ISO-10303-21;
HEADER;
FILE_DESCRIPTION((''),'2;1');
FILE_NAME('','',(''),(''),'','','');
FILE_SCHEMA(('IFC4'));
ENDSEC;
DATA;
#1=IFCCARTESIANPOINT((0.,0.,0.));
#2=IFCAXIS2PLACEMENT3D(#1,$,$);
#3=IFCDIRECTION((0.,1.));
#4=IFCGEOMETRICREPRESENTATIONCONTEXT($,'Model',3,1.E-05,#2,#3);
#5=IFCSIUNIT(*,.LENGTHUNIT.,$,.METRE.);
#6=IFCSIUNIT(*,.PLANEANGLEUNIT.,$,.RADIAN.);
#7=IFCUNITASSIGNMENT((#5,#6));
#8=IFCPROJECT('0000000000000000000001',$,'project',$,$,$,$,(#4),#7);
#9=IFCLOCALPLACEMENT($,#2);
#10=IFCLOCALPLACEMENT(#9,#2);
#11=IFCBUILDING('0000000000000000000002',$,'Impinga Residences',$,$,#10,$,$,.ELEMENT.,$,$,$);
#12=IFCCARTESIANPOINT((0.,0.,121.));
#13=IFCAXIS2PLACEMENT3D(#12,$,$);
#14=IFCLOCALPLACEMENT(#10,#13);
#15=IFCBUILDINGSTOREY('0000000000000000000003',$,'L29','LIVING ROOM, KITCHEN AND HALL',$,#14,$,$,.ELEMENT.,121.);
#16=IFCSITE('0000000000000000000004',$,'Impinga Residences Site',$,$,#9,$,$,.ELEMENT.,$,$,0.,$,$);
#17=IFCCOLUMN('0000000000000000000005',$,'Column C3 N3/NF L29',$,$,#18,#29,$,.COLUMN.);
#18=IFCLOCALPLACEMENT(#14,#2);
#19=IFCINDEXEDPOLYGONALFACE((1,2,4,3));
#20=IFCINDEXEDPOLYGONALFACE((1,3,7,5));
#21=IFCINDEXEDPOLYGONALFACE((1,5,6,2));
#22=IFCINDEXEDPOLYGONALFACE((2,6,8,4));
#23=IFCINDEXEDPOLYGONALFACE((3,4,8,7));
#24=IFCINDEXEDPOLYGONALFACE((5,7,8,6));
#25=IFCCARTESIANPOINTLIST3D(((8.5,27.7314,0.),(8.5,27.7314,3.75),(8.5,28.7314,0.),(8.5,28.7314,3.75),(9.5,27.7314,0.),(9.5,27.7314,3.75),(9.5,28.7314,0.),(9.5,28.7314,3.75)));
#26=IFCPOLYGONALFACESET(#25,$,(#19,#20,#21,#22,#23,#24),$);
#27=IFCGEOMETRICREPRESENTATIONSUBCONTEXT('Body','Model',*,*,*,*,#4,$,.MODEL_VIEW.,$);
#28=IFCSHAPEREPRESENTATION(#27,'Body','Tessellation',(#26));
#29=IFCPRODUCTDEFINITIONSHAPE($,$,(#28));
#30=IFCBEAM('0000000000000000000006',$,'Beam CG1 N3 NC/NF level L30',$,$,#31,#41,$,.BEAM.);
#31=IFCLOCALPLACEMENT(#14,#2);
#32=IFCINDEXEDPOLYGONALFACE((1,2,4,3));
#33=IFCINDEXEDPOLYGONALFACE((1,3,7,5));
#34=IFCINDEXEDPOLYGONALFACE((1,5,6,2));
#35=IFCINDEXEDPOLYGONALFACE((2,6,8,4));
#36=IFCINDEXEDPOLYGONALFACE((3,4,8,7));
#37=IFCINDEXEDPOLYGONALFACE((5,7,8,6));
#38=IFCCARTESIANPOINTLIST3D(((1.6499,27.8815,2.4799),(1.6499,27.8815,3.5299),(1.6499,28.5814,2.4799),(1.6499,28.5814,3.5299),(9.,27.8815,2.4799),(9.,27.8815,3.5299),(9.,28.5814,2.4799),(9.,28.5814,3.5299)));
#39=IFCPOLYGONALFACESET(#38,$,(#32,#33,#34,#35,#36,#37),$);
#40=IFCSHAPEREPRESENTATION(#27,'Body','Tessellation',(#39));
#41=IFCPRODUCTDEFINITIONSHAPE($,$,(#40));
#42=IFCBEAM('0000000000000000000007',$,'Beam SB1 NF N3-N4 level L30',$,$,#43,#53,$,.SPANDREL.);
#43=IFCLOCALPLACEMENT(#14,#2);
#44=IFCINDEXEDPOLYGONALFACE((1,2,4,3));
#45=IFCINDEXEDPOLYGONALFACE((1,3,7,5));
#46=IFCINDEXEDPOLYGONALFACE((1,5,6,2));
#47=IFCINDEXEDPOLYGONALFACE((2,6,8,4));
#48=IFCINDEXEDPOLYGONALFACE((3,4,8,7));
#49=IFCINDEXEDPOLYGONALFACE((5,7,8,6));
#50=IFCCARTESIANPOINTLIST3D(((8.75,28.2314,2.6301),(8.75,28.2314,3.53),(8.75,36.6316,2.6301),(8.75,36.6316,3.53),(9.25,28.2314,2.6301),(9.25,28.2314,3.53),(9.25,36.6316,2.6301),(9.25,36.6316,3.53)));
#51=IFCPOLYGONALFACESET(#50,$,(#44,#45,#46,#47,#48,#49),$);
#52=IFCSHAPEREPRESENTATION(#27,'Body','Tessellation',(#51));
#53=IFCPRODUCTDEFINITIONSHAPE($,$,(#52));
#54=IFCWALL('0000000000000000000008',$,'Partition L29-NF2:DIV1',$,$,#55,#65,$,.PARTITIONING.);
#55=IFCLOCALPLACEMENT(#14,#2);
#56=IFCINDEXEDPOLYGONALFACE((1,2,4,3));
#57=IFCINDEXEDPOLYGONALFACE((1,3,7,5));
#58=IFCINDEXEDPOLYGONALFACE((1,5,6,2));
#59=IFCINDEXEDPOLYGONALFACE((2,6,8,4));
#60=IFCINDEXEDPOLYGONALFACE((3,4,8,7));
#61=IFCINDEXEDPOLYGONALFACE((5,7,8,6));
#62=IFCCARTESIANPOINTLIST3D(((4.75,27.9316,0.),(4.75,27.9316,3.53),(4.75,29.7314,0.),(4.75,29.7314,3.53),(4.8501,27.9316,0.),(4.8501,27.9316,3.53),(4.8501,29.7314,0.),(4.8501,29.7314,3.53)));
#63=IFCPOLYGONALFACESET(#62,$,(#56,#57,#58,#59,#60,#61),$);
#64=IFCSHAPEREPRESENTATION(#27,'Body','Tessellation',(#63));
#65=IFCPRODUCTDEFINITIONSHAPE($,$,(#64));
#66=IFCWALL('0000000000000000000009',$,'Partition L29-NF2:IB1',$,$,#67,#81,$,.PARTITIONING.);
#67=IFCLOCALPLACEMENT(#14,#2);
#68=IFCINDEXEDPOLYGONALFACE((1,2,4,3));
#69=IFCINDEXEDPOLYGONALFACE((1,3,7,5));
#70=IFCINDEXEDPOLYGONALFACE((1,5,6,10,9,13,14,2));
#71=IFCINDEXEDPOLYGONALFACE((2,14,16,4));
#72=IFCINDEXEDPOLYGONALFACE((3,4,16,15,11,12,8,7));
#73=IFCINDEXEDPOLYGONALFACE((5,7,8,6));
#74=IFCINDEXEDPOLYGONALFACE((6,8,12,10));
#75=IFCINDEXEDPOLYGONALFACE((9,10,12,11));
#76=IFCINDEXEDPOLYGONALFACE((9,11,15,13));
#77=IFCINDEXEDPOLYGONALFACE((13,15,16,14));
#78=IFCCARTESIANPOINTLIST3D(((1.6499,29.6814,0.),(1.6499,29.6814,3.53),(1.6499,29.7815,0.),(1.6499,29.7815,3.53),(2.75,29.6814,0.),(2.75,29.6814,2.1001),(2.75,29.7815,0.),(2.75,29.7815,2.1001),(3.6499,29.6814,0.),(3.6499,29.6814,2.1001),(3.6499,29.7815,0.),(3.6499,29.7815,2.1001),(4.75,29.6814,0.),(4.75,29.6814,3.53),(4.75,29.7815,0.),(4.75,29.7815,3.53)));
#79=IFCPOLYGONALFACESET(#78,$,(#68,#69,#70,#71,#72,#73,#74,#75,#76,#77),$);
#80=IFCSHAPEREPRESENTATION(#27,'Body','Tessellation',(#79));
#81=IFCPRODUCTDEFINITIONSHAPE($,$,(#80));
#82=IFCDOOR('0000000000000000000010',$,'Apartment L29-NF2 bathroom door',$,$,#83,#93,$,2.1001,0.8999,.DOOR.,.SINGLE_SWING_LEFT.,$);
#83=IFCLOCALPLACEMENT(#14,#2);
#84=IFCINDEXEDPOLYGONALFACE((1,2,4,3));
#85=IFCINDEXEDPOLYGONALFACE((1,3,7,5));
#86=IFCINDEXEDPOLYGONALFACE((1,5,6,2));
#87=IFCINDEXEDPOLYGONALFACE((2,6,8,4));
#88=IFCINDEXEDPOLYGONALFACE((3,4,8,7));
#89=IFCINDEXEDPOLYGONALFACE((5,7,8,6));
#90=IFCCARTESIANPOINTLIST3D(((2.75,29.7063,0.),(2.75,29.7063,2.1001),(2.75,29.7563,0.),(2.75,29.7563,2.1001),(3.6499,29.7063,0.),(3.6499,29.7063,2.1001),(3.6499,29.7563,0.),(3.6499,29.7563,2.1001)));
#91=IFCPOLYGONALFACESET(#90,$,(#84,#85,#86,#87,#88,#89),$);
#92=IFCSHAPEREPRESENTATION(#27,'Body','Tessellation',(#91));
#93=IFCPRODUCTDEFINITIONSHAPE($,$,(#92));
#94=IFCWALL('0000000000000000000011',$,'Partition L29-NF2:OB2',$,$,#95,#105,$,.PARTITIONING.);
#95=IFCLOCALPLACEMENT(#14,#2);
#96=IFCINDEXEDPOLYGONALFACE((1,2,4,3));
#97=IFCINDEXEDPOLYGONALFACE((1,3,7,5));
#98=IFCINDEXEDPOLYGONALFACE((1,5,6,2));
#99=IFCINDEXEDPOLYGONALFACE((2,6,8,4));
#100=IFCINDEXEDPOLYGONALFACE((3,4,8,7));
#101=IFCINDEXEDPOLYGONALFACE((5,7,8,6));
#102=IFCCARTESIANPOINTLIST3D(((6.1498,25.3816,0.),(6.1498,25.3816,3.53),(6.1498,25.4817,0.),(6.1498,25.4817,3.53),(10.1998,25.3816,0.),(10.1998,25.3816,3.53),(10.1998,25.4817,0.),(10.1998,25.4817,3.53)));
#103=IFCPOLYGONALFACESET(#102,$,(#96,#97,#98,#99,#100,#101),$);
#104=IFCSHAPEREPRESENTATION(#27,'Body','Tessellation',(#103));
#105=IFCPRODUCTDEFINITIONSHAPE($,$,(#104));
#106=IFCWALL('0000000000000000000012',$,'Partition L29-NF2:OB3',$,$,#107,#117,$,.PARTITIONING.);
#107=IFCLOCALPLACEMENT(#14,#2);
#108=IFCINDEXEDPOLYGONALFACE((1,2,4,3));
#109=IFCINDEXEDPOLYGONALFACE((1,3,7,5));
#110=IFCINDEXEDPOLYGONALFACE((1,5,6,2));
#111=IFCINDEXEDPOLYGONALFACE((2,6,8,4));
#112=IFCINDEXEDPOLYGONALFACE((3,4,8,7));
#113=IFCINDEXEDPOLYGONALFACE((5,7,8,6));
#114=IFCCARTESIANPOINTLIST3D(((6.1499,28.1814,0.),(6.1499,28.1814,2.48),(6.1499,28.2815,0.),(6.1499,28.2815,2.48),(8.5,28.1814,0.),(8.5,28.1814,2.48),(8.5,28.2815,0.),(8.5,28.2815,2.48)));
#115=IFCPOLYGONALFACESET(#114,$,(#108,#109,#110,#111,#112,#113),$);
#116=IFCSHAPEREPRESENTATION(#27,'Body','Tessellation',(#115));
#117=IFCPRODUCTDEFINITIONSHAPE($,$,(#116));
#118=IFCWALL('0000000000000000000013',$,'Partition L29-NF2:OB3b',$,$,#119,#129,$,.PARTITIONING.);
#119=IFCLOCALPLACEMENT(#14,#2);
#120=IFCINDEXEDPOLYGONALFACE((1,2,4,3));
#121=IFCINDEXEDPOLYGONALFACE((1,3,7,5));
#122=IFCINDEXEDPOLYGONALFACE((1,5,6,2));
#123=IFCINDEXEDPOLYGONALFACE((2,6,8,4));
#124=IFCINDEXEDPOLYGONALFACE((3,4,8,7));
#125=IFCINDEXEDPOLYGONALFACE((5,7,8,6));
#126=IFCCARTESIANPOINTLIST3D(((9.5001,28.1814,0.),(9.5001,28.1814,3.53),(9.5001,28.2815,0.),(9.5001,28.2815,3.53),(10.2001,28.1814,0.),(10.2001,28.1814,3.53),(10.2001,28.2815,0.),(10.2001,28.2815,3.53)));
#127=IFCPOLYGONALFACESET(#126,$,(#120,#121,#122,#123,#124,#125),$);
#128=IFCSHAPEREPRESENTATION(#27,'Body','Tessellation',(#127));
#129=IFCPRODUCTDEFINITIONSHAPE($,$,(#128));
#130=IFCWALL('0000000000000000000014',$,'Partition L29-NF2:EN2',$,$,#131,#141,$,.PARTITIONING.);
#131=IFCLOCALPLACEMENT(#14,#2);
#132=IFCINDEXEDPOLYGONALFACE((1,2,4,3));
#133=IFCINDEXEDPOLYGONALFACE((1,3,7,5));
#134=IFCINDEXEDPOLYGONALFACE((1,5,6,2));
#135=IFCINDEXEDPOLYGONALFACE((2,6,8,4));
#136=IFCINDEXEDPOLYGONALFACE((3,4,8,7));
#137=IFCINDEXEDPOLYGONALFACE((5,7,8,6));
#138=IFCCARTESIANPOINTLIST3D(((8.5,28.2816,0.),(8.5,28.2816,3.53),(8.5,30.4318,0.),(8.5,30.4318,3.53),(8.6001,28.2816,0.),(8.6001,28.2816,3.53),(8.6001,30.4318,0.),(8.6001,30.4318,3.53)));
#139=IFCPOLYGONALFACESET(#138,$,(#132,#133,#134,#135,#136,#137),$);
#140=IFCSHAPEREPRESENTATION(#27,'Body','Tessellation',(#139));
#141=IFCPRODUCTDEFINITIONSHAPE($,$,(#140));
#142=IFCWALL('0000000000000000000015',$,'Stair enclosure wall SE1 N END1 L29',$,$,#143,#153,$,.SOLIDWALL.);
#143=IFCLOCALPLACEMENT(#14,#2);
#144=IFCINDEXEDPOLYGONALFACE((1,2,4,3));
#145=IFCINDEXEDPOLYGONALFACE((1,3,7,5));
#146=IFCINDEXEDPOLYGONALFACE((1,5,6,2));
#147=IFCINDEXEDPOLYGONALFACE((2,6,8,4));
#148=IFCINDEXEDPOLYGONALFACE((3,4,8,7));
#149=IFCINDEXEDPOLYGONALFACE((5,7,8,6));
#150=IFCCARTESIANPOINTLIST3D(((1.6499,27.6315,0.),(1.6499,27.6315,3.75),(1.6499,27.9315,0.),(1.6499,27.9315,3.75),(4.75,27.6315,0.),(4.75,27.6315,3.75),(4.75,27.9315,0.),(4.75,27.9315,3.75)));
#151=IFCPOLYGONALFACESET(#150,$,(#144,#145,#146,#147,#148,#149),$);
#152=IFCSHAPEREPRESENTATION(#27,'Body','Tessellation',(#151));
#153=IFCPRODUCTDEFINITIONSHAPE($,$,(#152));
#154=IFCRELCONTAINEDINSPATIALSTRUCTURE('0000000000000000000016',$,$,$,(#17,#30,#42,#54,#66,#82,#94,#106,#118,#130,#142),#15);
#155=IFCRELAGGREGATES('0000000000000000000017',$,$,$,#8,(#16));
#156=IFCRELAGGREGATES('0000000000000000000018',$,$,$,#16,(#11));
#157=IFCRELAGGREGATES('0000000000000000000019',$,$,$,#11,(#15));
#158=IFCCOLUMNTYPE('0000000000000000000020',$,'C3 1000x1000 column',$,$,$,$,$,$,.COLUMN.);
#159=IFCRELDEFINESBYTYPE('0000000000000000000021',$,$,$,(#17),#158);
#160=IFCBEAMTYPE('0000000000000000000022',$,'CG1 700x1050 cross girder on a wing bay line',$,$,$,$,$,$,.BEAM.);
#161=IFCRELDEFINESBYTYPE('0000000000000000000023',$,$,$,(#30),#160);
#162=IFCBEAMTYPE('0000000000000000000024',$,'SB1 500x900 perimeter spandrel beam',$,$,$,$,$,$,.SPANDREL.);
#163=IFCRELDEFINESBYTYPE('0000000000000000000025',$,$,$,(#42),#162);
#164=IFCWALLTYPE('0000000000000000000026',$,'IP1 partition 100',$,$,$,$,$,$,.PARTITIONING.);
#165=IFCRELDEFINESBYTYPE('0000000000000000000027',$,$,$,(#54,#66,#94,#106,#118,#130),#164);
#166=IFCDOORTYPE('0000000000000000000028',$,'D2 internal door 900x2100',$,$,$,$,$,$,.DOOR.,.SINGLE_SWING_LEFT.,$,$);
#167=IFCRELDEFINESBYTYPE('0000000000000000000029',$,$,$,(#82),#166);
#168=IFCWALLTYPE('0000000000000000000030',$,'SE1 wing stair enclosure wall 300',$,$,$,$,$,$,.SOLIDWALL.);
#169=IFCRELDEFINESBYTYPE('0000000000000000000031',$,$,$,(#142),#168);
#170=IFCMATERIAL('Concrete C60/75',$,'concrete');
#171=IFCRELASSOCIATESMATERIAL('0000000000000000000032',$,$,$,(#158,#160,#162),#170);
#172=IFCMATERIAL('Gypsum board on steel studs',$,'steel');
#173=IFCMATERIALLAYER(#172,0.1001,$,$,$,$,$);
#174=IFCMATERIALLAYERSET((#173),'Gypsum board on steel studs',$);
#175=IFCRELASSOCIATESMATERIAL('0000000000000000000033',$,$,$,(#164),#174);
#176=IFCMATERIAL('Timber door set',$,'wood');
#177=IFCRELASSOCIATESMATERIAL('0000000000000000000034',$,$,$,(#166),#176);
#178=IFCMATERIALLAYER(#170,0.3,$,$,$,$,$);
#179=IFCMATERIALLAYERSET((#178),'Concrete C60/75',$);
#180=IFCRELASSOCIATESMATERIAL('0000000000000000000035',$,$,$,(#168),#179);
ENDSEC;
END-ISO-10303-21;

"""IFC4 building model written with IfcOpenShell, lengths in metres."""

from ifc_helpers import new_model, si_unit, direction, frame, frame_2d, origin, origin_2d, place, context, subcontext, project, spatial, rectangle, extrude, material, layer, layer_set, material_profile, profile_set, type_object, element, fill, save


model = new_model("IFC4")

# Units and contexts
model_context = context("Model", 3, precision=1e-05, world=origin(), true_north=direction((0.0, 1.0)))
body_context = subcontext(model_context, "Body", "Model", "MODEL_VIEW")
ifc_project = project(units=[si_unit("LENGTHUNIT", "METRE"), si_unit("PLANEANGLEUNIT", "RADIAN")], contexts=[model_context])

# Site, building, storey
site_placement = place(None, origin())
site = spatial("IfcSite", under=ifc_project, at=site_placement, Name="Impinga Residences Site", CompositionType="ELEMENT", RefElevation=0.0)
building_placement = place(site_placement, origin())
building = spatial("IfcBuilding", under=site, at=building_placement, Name="Impinga Residences", CompositionType="ELEMENT")
storey_placement = place(building_placement, frame((0.0, 0.0, 121.0)))
storey = spatial("IfcBuildingStorey", under=building, at=storey_placement, Name="L29", Description="LIVING ROOM, KITCHEN AND HALL", CompositionType="ELEMENT", Elevation=121.0)

# Column
ifc_material_1 = material(Name="Concrete C60/75", Category="concrete")
ifc_material_profile_1 = material_profile(ifc_material_1, rectangle(XDim=1.0, YDim=1.0, at=origin_2d()), Name="RC 1000x1000")
ifc_profile_set_1 = profile_set([ifc_material_profile_1], Name="Concrete C60/75")
column_type = type_object("IfcColumnType", Name="C3 1000x1000 column", PredefinedType="COLUMN", material=ifc_profile_set_1)
column_placement = place(storey_placement, frame((9.0, 28.2314, 0.0), z_axis=(0.0, 0.0, 1.0), x_axis=(1.0, 0.0, 0.0)))
element("IfcColumn", 1, at=column_placement, inside=storey, type_object=column_type, Name="Column C3 N3/NF L29", PredefinedType="COLUMN", context=body_context, shape_type="SweptSolid", body=[
    extrude(rectangle(XDim=1.0, YDim=1.0, at=origin_2d()), origin(), (0.0, 0.0, 1.0), 3.75),
])

# Beams
ifc_material_profile_2 = material_profile(ifc_material_1, rectangle(XDim=0.7, YDim=1.05, at=origin_2d()), Name="RC 700x1050")
ifc_profile_set_2 = profile_set([ifc_material_profile_2], Name="Concrete C60/75")
beam_type_1 = type_object("IfcBeamType", Name="CG1 700x1050 cross girder on a wing bay line", PredefinedType="BEAM", material=ifc_profile_set_2)
beam_1_placement = place(storey_placement, frame((1.6499, 28.2314, 3.0049), z_axis=(1.0, 0.0, 0.0), x_axis=(0.0, 1.0, 0.0)))
element("IfcBeam", 2, at=beam_1_placement, inside=storey, type_object=beam_type_1, Name="Beam CG1 N3 NC/NF level L30", PredefinedType="BEAM", context=body_context, shape_type="SweptSolid", body=[
    extrude(rectangle(XDim=0.7, YDim=1.05, at=origin_2d()), origin(), (0.0, 0.0, 1.0), 7.3501),
])
ifc_material_profile_3 = material_profile(ifc_material_1, rectangle(XDim=0.5, YDim=0.8999, at=origin_2d()), Name="RC 500x900")
ifc_profile_set_3 = profile_set([ifc_material_profile_3], Name="Concrete C60/75")
beam_type_2 = type_object("IfcBeamType", Name="SB1 500x900 perimeter spandrel beam", PredefinedType="SPANDREL", material=ifc_profile_set_3)
beam_2_placement = place(storey_placement, frame((9.0, 28.2314, 3.0801), z_axis=(0.0, 1.0, 0.0), x_axis=(-1.0, 0.0, 0.0)))
element("IfcBeam", 3, at=beam_2_placement, inside=storey, type_object=beam_type_2, Name="Beam SB1 NF N3-N4 level L30", PredefinedType="SPANDREL", context=body_context, shape_type="SweptSolid", body=[
    extrude(rectangle(XDim=0.5, YDim=0.8999, at=origin_2d()), origin(), (0.0, 0.0, 1.0), 8.4001),
])

# Wall
ifc_material_2 = material(Name="Gypsum board on steel studs", Category="steel")
ifc_layer_1 = layer(ifc_material_2, 0.1001)
ifc_layer_set_1 = layer_set([ifc_layer_1], Name="Gypsum board on steel studs")
wall_type_1 = type_object("IfcWallType", Name="IP1 partition 100", PredefinedType="PARTITIONING", material=ifc_layer_set_1)
wall_1_placement = place(storey_placement, frame((4.8, 27.9316, 0.0), z_axis=(0.0, 0.0, 1.0), x_axis=(0.0, 1.0, 0.0)))
element("IfcWall", 4, at=wall_1_placement, inside=storey, type_object=wall_type_1, Name="Partition L29-NF2:DIV1", PredefinedType="PARTITIONING", context=body_context, shape_type="SweptSolid", body=[
    extrude(rectangle(XDim=1.7998, YDim=0.1001, at=frame_2d((0.8999, 0.0))), origin(), (0.0, 0.0, 1.0), 3.53),
])

# Wall, opening, door
wall_2_placement = place(storey_placement, frame((1.6499, 29.7314, 0.0), z_axis=(0.0, 0.0, 1.0), x_axis=(1.0, 0.0, 0.0)))
wall_2 = element("IfcWall", 5, at=wall_2_placement, inside=storey, type_object=wall_type_1, Name="Partition L29-NF2:IB1", PredefinedType="PARTITIONING", context=body_context, shape_type="SweptSolid", body=[
    extrude(rectangle(XDim=3.1001, YDim=0.1001, at=frame_2d((1.55, 0.0))), origin(), (0.0, 0.0, 1.0), 3.53),
])
opening_placement = place(wall_2_placement, frame((1.1001, 0.0, 0.0)))
opening = element("IfcOpeningElement", 6, at=opening_placement, cuts=wall_2, PredefinedType="OPENING", context=body_context, shape_type="SweptSolid", body=[
    extrude(rectangle(XDim=0.8999, YDim=2.1001, at=frame_2d((0.45, 1.05))), frame((0.0, 0.0601, 0.0), z_axis=(0.0, -1.0, 0.0), x_axis=(1.0, 0.0, 0.0)), (0.0, 0.0, 1.0), 0.1201),
])
ifc_material_3 = material(Name="Timber door set", Category="wood")
door_type = type_object("IfcDoorType", Name="D2 internal door 900x2100", OperationType="SINGLE_SWING_LEFT", PredefinedType="DOOR", material=ifc_material_3)
door_placement = place(opening_placement, origin())
door = element("IfcDoor", 7, at=door_placement, inside=storey, type_object=door_type, Name="Apartment L29-NF2 bathroom door", OperationType="SINGLE_SWING_LEFT", OverallHeight=2.1001, OverallWidth=0.8999, PredefinedType="DOOR", context=body_context, shape_type="SweptSolid", body=[
    extrude(rectangle(XDim=0.8999, YDim=2.1001, at=frame_2d((0.45, 1.05))), frame((0.0, 0.0249, 0.0), z_axis=(0.0, -1.0, 0.0), x_axis=(1.0, 0.0, 0.0)), (0.0, 0.0, 1.0), 0.05),
])
fill(opening, door)

# Walls
wall_3_placement = place(storey_placement, frame((6.1499, 25.4316, 0.0), z_axis=(0.0, 0.0, 1.0), x_axis=(1.0, 0.0, 0.0)))
element("IfcWall", 8, at=wall_3_placement, inside=storey, type_object=wall_type_1, Name="Partition L29-NF2:OB2", PredefinedType="PARTITIONING", context=body_context, shape_type="SweptSolid", body=[
    extrude(rectangle(XDim=4.05, YDim=0.1001, at=frame_2d((2.0249, 0.0))), origin(), (0.0, 0.0, 1.0), 3.53),
])
wall_4_placement = place(storey_placement, frame((6.1499, 28.2314, 0.0), z_axis=(0.0, 0.0, 1.0), x_axis=(1.0, 0.0, 0.0)))
element("IfcWall", 9, at=wall_4_placement, inside=storey, type_object=wall_type_1, Name="Partition L29-NF2:OB3", PredefinedType="PARTITIONING", context=body_context, shape_type="SweptSolid", body=[
    extrude(rectangle(XDim=2.3501, YDim=0.1001, at=frame_2d((1.175, 0.0))), origin(), (0.0, 0.0, 1.0), 2.48),
])
wall_5_placement = place(storey_placement, frame((9.5, 28.2314, 0.0), z_axis=(0.0, 0.0, 1.0), x_axis=(1.0, 0.0, 0.0)))
element("IfcWall", 10, at=wall_5_placement, inside=storey, type_object=wall_type_1, Name="Partition L29-NF2:OB3b", PredefinedType="PARTITIONING", context=body_context, shape_type="SweptSolid", body=[
    extrude(rectangle(XDim=0.7, YDim=0.1001, at=frame_2d((0.3501, 0.0))), origin(), (0.0, 0.0, 1.0), 3.53),
])
wall_6_placement = place(storey_placement, frame((8.55, 28.2815, 0.0), z_axis=(0.0, 0.0, 1.0), x_axis=(0.0, 1.0, 0.0)))
element("IfcWall", 11, at=wall_6_placement, inside=storey, type_object=wall_type_1, Name="Partition L29-NF2:EN2", PredefinedType="PARTITIONING", context=body_context, shape_type="SweptSolid", body=[
    extrude(rectangle(XDim=2.1501, YDim=0.1001, at=frame_2d((1.0752, 0.0))), origin(), (0.0, 0.0, 1.0), 3.53),
])
ifc_layer_2 = layer(ifc_material_1, 0.3)
ifc_layer_set_2 = layer_set([ifc_layer_2], Name="Concrete C60/75")
wall_type_2 = type_object("IfcWallType", Name="SE1 wing stair enclosure wall 300", PredefinedType="SOLIDWALL", material=ifc_layer_set_2)
wall_7_placement = place(storey_placement, frame((1.6499, 27.7815, 0.0), z_axis=(0.0, 0.0, 1.0), x_axis=(1.0, 0.0, 0.0)))
element("IfcWall", 12, at=wall_7_placement, inside=storey, type_object=wall_type_2, Name="Stair enclosure wall SE1 N END1 L29", PredefinedType="SOLIDWALL", context=body_context, shape_type="SweptSolid", body=[
    extrude(rectangle(XDim=3.1001, YDim=0.3, at=frame_2d((1.55, 0.0))), origin(), (0.0, 0.0, 1.0), 3.75),
])

save(model, "model.ifc")
